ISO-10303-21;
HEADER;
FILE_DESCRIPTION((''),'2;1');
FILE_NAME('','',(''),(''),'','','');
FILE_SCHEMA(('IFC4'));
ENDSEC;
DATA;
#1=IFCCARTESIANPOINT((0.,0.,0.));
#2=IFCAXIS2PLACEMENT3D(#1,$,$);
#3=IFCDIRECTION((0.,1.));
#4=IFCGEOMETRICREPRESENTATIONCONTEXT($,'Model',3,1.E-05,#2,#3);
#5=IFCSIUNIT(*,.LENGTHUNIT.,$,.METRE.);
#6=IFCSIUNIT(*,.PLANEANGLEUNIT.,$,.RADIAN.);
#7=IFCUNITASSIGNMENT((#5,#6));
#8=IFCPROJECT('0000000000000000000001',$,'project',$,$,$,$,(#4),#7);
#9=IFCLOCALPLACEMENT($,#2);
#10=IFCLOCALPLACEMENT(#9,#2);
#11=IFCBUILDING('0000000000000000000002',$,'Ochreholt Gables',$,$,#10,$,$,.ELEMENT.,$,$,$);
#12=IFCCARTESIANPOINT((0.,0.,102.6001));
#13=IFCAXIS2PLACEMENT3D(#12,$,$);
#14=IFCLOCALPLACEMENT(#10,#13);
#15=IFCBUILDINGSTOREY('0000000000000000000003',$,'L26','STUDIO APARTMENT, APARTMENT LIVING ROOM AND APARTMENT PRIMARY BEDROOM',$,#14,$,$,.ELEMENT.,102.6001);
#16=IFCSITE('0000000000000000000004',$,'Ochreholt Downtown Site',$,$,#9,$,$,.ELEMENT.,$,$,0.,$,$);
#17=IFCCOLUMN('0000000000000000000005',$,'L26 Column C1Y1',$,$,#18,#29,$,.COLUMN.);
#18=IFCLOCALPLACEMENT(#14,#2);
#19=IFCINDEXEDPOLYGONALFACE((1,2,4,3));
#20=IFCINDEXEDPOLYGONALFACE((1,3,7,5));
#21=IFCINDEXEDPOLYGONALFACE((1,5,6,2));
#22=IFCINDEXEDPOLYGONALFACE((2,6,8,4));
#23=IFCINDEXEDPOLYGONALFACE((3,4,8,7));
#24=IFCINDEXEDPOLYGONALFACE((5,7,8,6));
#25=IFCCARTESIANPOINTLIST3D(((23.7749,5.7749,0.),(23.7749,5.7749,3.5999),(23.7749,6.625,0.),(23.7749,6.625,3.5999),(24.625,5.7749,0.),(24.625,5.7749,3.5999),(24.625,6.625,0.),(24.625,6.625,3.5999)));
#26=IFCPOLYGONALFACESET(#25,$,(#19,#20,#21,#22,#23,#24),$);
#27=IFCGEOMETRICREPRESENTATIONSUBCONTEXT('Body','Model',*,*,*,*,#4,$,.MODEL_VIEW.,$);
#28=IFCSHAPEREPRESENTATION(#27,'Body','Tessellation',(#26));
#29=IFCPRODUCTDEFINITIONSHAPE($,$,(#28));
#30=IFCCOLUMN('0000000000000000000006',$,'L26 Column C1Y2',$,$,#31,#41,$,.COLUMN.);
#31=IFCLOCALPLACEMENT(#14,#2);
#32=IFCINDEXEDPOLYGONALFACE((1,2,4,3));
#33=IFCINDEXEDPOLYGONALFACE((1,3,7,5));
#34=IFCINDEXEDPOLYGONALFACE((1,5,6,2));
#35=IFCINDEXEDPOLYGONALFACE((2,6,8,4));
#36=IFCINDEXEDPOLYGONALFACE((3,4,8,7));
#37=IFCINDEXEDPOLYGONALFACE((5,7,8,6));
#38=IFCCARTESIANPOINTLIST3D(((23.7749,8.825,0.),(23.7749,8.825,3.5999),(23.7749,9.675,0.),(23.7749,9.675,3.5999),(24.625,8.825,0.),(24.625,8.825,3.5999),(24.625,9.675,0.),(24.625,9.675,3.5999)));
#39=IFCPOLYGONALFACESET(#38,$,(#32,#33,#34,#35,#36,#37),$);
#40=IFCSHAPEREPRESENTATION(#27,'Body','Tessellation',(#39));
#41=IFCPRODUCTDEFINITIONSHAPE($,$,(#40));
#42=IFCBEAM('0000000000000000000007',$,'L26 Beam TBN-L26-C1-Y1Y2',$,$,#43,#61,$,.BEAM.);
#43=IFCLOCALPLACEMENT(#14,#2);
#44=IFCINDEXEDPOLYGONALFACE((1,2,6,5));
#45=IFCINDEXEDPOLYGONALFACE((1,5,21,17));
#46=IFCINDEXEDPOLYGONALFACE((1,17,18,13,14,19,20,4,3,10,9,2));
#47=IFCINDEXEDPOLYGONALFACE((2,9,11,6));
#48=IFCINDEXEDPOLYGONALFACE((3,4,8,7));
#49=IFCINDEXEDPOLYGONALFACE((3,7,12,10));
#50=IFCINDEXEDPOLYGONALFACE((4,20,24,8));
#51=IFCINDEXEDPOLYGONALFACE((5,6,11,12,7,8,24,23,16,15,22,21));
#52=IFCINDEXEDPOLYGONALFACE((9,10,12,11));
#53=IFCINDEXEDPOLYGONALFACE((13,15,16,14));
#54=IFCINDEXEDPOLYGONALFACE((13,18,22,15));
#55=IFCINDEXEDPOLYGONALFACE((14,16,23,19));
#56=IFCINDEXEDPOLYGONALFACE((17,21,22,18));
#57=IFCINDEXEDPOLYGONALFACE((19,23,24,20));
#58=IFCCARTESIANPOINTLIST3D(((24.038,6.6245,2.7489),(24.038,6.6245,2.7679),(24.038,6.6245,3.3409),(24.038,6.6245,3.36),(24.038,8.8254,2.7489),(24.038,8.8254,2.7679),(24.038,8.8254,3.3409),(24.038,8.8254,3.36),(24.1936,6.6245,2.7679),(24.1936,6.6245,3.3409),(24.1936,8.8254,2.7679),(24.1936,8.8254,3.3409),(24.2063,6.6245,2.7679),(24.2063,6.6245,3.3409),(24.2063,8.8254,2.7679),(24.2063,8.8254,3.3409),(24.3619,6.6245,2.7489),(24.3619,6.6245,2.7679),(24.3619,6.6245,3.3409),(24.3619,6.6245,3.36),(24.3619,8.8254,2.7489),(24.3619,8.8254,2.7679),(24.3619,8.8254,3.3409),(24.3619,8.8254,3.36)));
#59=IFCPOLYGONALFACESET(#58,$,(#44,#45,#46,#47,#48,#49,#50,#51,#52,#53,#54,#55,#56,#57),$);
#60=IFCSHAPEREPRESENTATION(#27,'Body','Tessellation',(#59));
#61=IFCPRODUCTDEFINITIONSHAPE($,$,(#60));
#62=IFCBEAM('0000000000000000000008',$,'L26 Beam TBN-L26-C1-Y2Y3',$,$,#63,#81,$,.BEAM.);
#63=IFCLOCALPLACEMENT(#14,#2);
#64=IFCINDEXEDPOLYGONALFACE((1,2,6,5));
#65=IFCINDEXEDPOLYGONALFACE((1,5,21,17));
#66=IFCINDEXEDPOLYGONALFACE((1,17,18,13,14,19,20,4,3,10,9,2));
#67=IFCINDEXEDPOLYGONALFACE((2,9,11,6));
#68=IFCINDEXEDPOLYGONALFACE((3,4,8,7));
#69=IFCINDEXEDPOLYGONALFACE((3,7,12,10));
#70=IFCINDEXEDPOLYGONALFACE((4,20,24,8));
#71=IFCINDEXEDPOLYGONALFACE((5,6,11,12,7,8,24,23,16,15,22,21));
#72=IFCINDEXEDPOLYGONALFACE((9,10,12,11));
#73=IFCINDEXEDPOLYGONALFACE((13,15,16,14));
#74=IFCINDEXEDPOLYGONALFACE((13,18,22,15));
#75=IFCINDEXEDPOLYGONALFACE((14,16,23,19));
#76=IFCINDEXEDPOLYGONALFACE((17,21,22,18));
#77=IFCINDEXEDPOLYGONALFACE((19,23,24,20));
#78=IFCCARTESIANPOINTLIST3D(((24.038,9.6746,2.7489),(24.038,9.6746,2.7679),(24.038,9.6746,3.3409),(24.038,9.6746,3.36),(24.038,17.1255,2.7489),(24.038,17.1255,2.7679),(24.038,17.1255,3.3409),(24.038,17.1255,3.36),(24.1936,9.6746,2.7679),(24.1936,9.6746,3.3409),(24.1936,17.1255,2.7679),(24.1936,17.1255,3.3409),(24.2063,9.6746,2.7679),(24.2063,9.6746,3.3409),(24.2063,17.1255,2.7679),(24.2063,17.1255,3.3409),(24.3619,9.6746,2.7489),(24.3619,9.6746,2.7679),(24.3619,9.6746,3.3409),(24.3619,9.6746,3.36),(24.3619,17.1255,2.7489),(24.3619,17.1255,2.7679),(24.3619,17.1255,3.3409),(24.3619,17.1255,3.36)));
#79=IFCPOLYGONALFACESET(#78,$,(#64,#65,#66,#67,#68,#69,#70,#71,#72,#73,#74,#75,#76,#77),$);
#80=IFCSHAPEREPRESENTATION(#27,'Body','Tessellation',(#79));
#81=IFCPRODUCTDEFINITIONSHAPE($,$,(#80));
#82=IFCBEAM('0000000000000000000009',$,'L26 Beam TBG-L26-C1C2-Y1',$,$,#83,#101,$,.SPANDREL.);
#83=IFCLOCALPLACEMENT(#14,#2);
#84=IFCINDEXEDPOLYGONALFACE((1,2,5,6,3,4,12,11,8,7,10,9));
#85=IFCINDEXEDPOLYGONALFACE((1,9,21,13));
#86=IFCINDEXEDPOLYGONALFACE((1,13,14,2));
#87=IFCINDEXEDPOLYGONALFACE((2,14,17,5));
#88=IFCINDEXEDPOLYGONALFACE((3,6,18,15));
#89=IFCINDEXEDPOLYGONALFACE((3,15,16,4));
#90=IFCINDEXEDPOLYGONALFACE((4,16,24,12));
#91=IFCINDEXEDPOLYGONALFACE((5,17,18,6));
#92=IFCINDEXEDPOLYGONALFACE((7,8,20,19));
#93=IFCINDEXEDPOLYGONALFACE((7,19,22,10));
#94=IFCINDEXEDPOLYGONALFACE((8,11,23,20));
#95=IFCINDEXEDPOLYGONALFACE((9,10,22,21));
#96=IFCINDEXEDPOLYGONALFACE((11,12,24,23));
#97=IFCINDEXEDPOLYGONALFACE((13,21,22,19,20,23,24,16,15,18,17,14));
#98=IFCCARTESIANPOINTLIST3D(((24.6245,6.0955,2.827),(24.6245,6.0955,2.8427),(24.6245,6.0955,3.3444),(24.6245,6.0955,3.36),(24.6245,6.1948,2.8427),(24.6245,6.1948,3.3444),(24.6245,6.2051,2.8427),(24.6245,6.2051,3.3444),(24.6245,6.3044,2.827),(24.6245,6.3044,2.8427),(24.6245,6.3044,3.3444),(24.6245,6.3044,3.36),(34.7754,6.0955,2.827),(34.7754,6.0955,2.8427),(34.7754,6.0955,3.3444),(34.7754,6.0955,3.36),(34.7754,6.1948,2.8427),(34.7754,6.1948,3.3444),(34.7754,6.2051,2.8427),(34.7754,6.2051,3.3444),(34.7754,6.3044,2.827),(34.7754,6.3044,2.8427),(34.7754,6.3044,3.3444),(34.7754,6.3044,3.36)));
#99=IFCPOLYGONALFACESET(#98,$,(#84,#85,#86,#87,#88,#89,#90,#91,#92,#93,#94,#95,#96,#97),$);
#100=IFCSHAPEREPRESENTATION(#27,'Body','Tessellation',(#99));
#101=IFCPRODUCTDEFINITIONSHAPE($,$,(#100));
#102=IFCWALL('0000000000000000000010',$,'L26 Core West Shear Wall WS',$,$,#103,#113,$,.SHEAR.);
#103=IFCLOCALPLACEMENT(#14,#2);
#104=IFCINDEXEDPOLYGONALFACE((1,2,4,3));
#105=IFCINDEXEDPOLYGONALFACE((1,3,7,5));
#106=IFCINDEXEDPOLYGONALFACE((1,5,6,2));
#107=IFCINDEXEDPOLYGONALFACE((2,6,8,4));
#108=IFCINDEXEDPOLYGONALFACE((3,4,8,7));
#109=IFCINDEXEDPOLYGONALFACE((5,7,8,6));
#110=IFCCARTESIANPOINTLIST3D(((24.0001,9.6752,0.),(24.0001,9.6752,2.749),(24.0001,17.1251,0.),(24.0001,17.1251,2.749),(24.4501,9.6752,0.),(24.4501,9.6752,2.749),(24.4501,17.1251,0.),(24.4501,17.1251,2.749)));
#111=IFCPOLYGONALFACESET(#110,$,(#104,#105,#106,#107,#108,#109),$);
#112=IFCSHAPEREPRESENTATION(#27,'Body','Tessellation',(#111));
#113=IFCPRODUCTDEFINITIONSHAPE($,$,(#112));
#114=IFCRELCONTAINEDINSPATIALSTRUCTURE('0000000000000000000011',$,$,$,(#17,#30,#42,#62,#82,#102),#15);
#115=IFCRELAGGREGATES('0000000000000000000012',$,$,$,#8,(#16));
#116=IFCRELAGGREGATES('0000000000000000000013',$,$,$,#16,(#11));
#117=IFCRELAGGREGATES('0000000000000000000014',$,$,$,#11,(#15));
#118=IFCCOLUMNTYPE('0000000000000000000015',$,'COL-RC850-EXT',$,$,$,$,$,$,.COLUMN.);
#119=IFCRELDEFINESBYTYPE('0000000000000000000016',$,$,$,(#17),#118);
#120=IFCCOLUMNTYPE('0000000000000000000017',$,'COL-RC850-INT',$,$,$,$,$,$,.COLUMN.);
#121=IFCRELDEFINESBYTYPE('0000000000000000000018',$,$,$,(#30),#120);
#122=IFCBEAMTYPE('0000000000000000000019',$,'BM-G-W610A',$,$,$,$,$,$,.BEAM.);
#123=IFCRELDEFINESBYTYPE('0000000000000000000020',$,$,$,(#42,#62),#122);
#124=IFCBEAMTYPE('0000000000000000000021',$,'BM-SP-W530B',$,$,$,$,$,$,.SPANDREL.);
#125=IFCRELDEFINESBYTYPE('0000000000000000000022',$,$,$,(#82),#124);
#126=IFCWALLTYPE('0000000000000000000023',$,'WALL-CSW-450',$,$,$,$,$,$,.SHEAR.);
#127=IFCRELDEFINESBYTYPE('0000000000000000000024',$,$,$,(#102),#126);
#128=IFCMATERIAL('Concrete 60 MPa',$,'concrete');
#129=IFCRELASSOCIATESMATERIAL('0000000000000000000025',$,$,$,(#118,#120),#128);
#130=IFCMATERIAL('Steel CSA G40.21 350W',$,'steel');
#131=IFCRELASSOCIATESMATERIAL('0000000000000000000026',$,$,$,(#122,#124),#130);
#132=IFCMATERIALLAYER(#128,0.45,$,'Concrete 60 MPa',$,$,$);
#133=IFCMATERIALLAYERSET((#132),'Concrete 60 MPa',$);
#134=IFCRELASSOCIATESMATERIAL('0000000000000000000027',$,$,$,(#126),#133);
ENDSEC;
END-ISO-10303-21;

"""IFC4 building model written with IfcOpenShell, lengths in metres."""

from ifc_helpers import new_model, si_unit, direction, frame, frame_2d, origin, origin_2d, place, context, subcontext, project, spatial, rectangle, i_section, extrude, material, layer, layer_set, material_profile, profile_set, type_object, element, save


model = new_model("IFC4")

# Units and contexts
model_context = context("Model", 3, precision=1e-05, world=origin(), true_north=direction((0.0, 1.0)))
body_context = subcontext(model_context, "Body", "Model", "MODEL_VIEW")
ifc_project = project(units=[si_unit("LENGTHUNIT", "METRE"), si_unit("PLANEANGLEUNIT", "RADIAN")], contexts=[model_context])

# Site, building, storey
site_placement = place(None, origin())
site = spatial("IfcSite", under=ifc_project, at=site_placement, Name="Ochreholt Downtown Site", CompositionType="ELEMENT", RefElevation=0.0)
building_placement = place(site_placement, origin())
building = spatial("IfcBuilding", under=site, at=building_placement, Name="Ochreholt Gables", CompositionType="ELEMENT")
storey_placement = place(building_placement, frame((0.0, 0.0, 102.6001)))
storey = spatial("IfcBuildingStorey", under=building, at=storey_placement, Name="L26", Description="STUDIO APARTMENT, APARTMENT LIVING ROOM AND APARTMENT PRIMARY BEDROOM", CompositionType="ELEMENT", Elevation=102.6001)

# Columns
ifc_material_1 = material(Name="Concrete 60 MPa", Category="concrete")
ifc_material_profile_1 = material_profile(ifc_material_1, rectangle(XDim=0.8501, YDim=0.8501, at=origin_2d()), Name="RC850X850")
ifc_profile_set_1 = profile_set([ifc_material_profile_1], Name="Concrete 60 MPa")
column_type_1 = type_object("IfcColumnType", Name="COL-RC850-EXT", PredefinedType="COLUMN", material=ifc_profile_set_1)
column_1_placement = place(storey_placement, frame((24.2, 6.2, 0.0), z_axis=(0.0, 0.0, 1.0), x_axis=(1.0, 0.0, 0.0)))
element("IfcColumn", 1, at=column_1_placement, inside=storey, type_object=column_type_1, Name="L26 Column C1Y1", PredefinedType="COLUMN", context=body_context, shape_type="SweptSolid", body=[
    extrude(rectangle(XDim=0.8501, YDim=0.8501, at=origin_2d()), origin(), (0.0, 0.0, 1.0), 3.5999),
])
ifc_material_profile_2 = material_profile(ifc_material_1, rectangle(XDim=0.8501, YDim=0.8501, at=origin_2d()), Name="RC850X850")
ifc_profile_set_2 = profile_set([ifc_material_profile_2], Name="Concrete 60 MPa")
column_type_2 = type_object("IfcColumnType", Name="COL-RC850-INT", PredefinedType="COLUMN", material=ifc_profile_set_2)
column_2_placement = place(storey_placement, frame((24.2, 9.25, 0.0), z_axis=(0.0, 0.0, 1.0), x_axis=(1.0, 0.0, 0.0)))
element("IfcColumn", 2, at=column_2_placement, inside=storey, type_object=column_type_2, Name="L26 Column C1Y2", PredefinedType="COLUMN", context=body_context, shape_type="SweptSolid", body=[
    extrude(rectangle(XDim=0.8501, YDim=0.8501, at=origin_2d()), origin(), (0.0, 0.0, 1.0), 3.5999),
])

# Beams
ifc_material_2 = material(Name="Steel CSA G40.21 350W", Category="steel")
ifc_material_profile_3 = material_profile(ifc_material_2, i_section(OverallWidth=0.324, OverallDepth=0.6111, WebThickness=0.0127, FlangeThickness=0.019, at=origin_2d()), Name="W610X155")
ifc_profile_set_3 = profile_set([ifc_material_profile_3], Name="Steel CSA G40.21 350W")
beam_type_1 = type_object("IfcBeamType", Name="BM-G-W610A", PredefinedType="BEAM", material=ifc_profile_set_3)
beam_1_placement = place(storey_placement, frame((24.2, 6.6245, 3.0544), z_axis=(0.0, 1.0, 0.0), x_axis=(-1.0, 0.0, 0.0)))
element("IfcBeam", 3, at=beam_1_placement, inside=storey, type_object=beam_type_1, Name="L26 Beam TBN-L26-C1-Y1Y2", PredefinedType="BEAM", context=body_context, shape_type="SweptSolid", body=[
    extrude(i_section(OverallWidth=0.324, OverallDepth=0.6111, WebThickness=0.0127, FlangeThickness=0.019, at=origin_2d()), origin(), (0.0, 0.0, 1.0), 2.2009),
])
beam_2_placement = place(storey_placement, frame((24.2, 9.6746, 3.0544), z_axis=(0.0, 1.0, 0.0), x_axis=(-1.0, 0.0, 0.0)))
element("IfcBeam", 4, at=beam_2_placement, inside=storey, type_object=beam_type_1, Name="L26 Beam TBN-L26-C1-Y2Y3", PredefinedType="BEAM", context=body_context, shape_type="SweptSolid", body=[
    extrude(i_section(OverallWidth=0.324, OverallDepth=0.6111, WebThickness=0.0127, FlangeThickness=0.019, at=origin_2d()), origin(), (0.0, 0.0, 1.0), 7.4509),
])
ifc_material_profile_4 = material_profile(ifc_material_2, i_section(OverallWidth=0.209, OverallDepth=0.533, WebThickness=0.0103, FlangeThickness=0.0156, at=origin_2d()), Name="W530X92")
ifc_profile_set_4 = profile_set([ifc_material_profile_4], Name="Steel CSA G40.21 350W")
beam_type_2 = type_object("IfcBeamType", Name="BM-SP-W530B", PredefinedType="SPANDREL", material=ifc_profile_set_4)
beam_3_placement = place(storey_placement, frame((24.6245, 6.2, 3.0935), z_axis=(1.0, 0.0, 0.0), x_axis=(0.0, 1.0, 0.0)))
element("IfcBeam", 5, at=beam_3_placement, inside=storey, type_object=beam_type_2, Name="L26 Beam TBG-L26-C1C2-Y1", PredefinedType="SPANDREL", context=body_context, shape_type="SweptSolid", body=[
    extrude(i_section(OverallWidth=0.209, OverallDepth=0.533, WebThickness=0.0103, FlangeThickness=0.0156, at=origin_2d()), origin(), (0.0, 0.0, 1.0), 10.1509),
])

# Wall
ifc_layer_1 = layer(ifc_material_1, 0.45, Name="Concrete 60 MPa")
ifc_layer_set_1 = layer_set([ifc_layer_1], Name="Concrete 60 MPa")
wall_type_1 = type_object("IfcWallType", Name="WALL-CSW-450", PredefinedType="SHEAR", material=ifc_layer_set_1)
wall_1_placement = place(storey_placement, frame((24.2251, 9.675, 0.0), z_axis=(0.0, 0.0, 1.0), x_axis=(0.0, 1.0, 0.0)))
element("IfcWall", 6, at=wall_1_placement, inside=storey, type_object=wall_type_1, Name="L26 Core West Shear Wall WS", PredefinedType="SHEAR", context=body_context, shape_type="SweptSolid", body=[
    extrude(rectangle(XDim=7.45, YDim=0.45, at=frame_2d((3.7251, 0.0))), origin(), (0.0, 0.0, 1.0), 2.749),
])

save(model, "model.ifc")
